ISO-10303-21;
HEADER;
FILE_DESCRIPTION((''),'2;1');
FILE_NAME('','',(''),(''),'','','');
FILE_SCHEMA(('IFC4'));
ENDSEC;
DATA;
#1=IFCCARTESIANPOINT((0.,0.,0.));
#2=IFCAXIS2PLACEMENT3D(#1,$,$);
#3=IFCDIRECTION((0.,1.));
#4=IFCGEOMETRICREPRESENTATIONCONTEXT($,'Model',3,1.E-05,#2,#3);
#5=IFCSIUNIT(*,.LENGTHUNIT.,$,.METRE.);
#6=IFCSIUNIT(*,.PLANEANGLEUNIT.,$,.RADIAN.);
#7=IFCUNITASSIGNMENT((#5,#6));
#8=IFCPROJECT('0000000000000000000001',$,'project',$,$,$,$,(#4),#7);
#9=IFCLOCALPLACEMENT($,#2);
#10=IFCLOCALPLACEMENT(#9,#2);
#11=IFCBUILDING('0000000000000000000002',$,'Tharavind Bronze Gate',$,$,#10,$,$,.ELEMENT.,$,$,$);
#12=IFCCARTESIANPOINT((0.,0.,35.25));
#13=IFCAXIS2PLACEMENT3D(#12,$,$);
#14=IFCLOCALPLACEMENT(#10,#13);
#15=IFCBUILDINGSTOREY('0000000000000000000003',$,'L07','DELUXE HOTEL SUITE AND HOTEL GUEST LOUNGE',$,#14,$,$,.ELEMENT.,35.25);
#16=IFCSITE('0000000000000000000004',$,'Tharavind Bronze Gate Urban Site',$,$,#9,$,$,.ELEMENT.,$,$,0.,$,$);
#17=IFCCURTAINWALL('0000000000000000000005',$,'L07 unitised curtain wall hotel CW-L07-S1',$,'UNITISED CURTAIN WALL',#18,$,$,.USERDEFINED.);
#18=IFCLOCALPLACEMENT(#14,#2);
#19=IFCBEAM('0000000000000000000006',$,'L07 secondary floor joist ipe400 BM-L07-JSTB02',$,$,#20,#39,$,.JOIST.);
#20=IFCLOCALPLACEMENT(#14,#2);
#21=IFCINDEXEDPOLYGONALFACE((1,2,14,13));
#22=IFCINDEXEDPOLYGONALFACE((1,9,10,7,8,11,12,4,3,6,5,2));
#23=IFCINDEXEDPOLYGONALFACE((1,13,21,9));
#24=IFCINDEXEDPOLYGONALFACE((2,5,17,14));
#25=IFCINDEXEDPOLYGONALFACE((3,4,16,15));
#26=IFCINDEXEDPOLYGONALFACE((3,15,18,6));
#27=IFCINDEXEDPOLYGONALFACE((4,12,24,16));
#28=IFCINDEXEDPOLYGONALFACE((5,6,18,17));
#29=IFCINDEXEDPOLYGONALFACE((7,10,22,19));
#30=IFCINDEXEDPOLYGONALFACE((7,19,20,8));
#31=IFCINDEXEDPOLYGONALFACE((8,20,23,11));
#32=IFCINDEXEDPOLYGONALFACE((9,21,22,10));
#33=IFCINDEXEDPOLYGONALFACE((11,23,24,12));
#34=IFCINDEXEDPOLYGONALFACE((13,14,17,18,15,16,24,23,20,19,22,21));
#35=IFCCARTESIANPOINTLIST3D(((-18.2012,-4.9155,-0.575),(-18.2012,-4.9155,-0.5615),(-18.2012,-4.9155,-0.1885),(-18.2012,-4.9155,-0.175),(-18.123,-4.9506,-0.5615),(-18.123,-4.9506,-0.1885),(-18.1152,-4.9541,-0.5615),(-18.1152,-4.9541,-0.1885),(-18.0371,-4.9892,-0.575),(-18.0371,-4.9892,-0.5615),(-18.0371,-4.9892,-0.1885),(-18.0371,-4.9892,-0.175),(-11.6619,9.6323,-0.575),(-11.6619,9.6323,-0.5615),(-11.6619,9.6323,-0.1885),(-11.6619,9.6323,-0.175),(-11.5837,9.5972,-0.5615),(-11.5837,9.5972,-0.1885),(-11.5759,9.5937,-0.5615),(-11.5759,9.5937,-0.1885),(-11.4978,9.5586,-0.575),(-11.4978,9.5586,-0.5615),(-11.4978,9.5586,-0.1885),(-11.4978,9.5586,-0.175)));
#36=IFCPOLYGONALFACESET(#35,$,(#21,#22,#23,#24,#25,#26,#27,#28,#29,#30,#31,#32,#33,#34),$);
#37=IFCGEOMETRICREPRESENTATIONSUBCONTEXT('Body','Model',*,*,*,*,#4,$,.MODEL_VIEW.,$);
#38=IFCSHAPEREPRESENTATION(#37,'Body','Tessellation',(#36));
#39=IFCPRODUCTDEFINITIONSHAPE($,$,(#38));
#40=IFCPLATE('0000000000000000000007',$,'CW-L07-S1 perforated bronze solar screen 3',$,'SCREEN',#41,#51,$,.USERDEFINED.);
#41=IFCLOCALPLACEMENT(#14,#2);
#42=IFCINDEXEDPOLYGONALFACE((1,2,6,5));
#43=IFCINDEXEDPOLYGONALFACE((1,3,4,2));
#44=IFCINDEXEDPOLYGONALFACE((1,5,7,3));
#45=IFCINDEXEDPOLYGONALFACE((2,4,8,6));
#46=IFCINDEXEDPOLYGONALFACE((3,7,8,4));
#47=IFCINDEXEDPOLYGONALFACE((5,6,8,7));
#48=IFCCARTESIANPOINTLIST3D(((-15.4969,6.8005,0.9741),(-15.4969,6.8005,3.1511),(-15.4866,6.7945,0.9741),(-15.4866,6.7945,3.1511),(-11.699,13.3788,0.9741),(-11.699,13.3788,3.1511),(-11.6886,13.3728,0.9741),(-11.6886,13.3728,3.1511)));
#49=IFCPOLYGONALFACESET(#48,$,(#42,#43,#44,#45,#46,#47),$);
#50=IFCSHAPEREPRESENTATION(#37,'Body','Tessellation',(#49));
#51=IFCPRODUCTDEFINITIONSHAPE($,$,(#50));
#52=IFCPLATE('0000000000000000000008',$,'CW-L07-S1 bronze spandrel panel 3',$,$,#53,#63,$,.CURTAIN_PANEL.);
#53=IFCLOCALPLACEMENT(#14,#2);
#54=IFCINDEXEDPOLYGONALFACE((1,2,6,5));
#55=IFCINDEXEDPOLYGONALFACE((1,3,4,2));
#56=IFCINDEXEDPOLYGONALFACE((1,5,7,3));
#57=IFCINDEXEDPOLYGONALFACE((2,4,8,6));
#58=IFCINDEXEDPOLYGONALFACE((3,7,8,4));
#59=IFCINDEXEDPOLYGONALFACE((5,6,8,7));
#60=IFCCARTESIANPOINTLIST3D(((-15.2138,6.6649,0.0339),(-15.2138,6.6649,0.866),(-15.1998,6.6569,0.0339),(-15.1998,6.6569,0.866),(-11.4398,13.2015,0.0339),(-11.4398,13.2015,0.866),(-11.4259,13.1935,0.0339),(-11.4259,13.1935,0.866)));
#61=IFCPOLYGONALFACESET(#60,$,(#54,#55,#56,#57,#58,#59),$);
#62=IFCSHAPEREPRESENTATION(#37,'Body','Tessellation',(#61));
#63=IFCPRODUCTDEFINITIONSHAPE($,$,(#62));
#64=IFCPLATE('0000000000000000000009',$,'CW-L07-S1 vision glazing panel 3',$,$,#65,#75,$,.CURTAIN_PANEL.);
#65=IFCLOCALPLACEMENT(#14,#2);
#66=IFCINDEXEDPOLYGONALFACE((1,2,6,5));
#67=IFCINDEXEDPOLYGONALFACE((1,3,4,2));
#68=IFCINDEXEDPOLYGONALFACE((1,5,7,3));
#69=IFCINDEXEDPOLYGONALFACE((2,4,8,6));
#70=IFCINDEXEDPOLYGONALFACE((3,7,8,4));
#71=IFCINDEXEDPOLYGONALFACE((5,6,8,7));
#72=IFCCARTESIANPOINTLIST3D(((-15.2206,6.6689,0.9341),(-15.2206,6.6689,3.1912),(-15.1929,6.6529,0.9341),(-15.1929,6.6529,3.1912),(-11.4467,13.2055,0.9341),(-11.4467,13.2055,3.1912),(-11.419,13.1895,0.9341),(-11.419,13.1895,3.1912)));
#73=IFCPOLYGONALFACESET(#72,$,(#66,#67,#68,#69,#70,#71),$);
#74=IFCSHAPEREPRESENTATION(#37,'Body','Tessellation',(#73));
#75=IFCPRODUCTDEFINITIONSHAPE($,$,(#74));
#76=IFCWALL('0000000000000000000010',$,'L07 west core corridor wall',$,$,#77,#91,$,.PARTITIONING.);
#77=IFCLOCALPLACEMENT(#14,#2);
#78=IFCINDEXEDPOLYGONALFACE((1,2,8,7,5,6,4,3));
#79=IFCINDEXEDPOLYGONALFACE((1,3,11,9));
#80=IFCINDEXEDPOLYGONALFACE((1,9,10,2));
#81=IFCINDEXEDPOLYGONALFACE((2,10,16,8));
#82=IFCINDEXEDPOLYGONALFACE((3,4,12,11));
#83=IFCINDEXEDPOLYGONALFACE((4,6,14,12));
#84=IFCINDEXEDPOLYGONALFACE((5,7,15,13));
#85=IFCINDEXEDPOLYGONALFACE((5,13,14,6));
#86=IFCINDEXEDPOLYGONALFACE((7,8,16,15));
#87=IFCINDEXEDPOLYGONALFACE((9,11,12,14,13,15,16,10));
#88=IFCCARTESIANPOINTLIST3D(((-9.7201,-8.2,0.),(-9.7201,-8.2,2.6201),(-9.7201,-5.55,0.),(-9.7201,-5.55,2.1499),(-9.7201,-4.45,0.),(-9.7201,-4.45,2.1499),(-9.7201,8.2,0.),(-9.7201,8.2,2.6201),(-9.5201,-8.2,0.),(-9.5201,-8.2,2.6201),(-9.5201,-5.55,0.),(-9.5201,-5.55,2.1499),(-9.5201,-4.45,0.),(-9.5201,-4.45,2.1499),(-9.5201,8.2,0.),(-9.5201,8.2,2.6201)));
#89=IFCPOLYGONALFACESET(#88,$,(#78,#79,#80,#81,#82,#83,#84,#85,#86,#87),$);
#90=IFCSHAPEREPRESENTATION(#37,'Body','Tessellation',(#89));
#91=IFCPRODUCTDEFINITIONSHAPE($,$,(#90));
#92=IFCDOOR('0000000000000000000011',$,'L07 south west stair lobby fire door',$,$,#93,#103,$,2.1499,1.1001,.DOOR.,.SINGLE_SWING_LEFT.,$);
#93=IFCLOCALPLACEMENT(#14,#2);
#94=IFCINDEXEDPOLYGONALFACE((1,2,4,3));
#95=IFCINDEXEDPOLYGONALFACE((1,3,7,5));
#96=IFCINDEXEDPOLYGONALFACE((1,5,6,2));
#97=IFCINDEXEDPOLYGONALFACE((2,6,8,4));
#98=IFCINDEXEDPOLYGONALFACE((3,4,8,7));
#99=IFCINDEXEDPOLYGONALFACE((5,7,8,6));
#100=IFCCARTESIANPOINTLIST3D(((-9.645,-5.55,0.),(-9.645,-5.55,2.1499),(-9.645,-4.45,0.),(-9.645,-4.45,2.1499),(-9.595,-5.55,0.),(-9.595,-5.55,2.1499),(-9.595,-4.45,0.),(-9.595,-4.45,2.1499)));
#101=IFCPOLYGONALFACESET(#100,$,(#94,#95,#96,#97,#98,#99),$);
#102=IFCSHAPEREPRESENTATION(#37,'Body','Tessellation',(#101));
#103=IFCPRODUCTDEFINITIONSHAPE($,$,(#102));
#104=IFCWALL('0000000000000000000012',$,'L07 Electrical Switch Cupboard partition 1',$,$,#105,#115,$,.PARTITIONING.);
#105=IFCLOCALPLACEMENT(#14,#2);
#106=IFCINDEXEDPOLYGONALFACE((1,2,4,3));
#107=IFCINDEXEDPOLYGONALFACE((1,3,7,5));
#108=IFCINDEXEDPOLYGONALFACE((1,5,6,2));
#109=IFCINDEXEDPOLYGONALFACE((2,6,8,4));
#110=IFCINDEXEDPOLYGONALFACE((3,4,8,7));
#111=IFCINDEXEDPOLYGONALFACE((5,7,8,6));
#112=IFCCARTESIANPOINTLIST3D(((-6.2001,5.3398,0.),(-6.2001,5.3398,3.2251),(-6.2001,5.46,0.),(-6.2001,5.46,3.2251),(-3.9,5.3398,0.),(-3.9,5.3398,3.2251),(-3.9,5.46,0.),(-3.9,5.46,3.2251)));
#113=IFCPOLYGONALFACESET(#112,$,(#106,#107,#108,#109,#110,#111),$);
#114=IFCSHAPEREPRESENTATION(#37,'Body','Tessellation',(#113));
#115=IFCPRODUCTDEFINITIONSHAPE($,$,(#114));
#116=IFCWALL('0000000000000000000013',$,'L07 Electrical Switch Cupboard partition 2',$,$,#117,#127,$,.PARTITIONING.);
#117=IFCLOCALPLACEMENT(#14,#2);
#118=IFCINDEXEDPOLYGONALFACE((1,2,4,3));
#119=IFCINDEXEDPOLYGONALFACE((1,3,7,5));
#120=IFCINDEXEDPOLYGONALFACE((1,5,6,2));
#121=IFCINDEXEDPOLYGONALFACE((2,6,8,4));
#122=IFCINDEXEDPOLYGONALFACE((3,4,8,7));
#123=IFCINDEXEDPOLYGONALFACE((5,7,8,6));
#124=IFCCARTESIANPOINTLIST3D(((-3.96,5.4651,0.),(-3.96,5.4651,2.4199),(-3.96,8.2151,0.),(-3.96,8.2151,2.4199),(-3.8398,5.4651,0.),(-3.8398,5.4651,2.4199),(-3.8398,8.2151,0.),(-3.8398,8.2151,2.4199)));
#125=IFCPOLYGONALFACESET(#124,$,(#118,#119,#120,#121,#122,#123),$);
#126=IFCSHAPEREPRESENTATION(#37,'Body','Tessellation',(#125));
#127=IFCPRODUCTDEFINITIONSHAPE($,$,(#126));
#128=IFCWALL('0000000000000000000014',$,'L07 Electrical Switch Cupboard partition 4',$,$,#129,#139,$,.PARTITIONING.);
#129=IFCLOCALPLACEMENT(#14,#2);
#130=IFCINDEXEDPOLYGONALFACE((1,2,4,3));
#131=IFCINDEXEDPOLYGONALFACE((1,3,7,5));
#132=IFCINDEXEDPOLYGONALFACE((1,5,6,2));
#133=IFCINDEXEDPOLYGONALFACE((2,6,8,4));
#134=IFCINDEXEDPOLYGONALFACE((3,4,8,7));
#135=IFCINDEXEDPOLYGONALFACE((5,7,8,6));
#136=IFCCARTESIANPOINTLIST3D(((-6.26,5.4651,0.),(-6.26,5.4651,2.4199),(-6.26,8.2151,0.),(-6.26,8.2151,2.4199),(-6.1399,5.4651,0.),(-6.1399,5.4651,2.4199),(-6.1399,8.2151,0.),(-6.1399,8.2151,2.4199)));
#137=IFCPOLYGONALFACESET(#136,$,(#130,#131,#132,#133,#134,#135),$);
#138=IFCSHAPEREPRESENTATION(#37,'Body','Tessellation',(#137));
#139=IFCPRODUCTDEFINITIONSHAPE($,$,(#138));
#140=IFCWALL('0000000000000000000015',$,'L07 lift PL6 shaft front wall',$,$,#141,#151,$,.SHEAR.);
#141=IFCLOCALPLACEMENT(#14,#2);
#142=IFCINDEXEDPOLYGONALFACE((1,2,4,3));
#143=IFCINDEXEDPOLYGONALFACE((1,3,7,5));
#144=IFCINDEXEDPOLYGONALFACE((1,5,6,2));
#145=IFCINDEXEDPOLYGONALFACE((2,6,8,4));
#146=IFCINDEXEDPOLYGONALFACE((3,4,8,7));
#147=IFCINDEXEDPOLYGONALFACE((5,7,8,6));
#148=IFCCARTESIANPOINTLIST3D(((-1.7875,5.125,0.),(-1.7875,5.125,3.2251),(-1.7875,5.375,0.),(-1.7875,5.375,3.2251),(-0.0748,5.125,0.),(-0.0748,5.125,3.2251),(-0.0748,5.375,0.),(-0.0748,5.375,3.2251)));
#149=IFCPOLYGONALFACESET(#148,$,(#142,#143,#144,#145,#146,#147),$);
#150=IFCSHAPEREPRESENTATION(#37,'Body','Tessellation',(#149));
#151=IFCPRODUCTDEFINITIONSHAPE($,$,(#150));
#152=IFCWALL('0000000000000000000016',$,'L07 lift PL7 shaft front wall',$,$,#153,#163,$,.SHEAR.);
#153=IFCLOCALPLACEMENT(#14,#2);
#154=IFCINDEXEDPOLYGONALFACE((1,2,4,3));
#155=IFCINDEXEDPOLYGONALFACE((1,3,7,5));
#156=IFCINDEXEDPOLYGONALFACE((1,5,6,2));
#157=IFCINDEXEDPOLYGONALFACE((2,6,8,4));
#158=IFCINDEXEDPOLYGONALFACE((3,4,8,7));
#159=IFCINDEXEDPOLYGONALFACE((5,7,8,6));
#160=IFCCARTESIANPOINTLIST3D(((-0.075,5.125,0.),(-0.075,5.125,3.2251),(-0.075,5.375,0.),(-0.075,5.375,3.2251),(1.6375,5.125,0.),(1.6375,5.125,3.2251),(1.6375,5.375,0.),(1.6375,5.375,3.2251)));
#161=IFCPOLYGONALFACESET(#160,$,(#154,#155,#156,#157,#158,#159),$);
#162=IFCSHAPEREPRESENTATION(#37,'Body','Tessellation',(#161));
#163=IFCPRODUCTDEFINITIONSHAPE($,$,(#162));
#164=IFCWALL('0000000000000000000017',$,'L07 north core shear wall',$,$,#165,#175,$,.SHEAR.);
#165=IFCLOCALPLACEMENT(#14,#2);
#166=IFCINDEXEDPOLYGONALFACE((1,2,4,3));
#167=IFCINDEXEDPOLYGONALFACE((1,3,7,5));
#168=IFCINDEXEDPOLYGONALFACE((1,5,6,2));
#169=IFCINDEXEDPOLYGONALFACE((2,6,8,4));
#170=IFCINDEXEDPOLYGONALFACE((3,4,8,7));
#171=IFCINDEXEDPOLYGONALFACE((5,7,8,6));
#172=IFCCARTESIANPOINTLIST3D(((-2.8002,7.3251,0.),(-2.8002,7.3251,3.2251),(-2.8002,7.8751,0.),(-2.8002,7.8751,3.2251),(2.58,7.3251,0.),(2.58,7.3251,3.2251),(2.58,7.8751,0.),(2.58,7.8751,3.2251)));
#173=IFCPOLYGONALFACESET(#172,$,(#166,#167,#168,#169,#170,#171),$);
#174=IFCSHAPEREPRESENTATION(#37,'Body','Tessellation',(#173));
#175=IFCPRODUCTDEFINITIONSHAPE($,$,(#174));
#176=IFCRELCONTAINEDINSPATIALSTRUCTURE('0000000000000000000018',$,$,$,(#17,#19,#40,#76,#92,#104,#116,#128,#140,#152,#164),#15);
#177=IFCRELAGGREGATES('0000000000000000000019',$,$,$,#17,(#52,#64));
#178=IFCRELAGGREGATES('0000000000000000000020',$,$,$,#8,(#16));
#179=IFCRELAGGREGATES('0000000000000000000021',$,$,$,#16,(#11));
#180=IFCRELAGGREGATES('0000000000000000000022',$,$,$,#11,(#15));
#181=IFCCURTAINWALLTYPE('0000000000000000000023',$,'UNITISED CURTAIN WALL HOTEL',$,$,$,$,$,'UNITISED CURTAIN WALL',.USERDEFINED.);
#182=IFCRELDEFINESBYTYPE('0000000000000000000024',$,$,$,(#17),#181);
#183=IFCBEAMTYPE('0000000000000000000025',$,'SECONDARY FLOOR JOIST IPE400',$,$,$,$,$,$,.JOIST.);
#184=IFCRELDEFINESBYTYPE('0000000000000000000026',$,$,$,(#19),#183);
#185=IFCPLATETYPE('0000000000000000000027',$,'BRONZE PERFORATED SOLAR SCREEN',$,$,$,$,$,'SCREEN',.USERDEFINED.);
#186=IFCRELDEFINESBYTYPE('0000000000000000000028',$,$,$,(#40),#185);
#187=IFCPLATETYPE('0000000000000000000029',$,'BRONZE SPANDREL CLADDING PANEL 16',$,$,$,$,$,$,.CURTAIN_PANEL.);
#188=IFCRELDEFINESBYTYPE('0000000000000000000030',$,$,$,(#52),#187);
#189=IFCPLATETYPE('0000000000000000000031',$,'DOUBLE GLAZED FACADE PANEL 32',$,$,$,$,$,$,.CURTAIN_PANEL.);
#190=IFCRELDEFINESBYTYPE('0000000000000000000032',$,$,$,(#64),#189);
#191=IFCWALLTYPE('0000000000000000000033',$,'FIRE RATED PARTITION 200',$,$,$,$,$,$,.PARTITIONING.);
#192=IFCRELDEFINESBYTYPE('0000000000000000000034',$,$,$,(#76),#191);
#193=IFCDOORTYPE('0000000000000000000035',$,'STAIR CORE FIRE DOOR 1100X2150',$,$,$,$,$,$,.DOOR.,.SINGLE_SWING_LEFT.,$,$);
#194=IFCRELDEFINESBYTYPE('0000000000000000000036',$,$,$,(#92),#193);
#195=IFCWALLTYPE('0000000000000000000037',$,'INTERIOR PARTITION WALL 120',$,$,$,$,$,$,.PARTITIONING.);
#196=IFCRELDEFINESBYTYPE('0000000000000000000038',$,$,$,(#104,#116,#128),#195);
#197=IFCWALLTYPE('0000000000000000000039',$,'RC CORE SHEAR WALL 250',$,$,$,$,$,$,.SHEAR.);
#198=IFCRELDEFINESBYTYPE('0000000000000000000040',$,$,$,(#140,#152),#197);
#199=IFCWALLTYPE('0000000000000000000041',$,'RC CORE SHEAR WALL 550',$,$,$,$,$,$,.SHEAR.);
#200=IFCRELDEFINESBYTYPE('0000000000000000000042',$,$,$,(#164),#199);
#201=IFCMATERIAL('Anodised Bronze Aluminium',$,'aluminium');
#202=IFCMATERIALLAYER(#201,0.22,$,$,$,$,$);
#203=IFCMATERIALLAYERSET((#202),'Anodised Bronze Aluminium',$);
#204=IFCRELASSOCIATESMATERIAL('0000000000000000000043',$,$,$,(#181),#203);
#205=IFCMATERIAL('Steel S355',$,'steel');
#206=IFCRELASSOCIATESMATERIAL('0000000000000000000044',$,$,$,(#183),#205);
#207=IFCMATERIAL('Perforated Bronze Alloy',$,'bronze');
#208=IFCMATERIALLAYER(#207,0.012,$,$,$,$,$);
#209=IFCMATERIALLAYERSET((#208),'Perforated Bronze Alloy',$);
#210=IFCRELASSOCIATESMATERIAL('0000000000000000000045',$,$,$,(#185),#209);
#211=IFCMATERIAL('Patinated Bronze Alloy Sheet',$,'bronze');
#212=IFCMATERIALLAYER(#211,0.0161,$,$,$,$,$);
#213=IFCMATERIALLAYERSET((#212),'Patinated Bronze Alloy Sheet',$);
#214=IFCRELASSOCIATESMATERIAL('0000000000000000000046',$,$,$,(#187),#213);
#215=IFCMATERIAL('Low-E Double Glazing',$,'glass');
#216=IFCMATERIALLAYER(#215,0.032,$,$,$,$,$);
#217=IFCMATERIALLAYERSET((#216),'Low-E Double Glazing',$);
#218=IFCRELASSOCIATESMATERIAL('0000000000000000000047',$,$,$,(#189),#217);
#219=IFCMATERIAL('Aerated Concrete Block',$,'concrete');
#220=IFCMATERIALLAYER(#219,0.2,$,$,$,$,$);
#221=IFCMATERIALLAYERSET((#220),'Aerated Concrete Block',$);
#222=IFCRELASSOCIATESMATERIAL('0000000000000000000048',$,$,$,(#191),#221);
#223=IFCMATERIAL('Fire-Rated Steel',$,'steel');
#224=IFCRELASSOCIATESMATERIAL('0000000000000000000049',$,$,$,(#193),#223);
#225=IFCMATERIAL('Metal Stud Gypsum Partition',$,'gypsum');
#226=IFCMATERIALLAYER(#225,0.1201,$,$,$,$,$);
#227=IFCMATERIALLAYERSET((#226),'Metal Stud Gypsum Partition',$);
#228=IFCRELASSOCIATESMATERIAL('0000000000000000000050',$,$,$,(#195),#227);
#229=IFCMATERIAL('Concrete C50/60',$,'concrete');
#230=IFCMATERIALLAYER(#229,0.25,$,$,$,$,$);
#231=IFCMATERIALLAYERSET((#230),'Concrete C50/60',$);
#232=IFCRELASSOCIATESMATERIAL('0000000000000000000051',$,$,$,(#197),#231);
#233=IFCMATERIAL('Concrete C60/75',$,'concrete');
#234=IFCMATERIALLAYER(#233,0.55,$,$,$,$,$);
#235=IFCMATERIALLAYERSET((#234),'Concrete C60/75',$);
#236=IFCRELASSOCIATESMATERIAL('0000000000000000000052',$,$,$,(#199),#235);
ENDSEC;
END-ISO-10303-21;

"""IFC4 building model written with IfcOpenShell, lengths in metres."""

from ifc_helpers import new_model, si_unit, direction, frame, frame_2d, origin, origin_2d, place, context, subcontext, project, spatial, rectangle, i_section, extrude, material, layer, layer_set, material_profile, profile_set, type_object, element, fill, aggregate, save


model = new_model("IFC4")

# Units and contexts
model_context = context("Model", 3, precision=1e-05, world=origin(), true_north=direction((0.0, 1.0)))
body_context = subcontext(model_context, "Body", "Model", "MODEL_VIEW")
ifc_project = project(units=[si_unit("LENGTHUNIT", "METRE"), si_unit("PLANEANGLEUNIT", "RADIAN")], contexts=[model_context])

# Site, building, storey
site_placement = place(None, origin())
site = spatial("IfcSite", under=ifc_project, at=site_placement, Name="Tharavind Bronze Gate Urban Site", CompositionType="ELEMENT", RefElevation=0.0)
building_placement = place(site_placement, origin())
building = spatial("IfcBuilding", under=site, at=building_placement, Name="Tharavind Bronze Gate", CompositionType="ELEMENT")
storey_placement = place(building_placement, frame((0.0, 0.0, 35.25)))
storey = spatial("IfcBuildingStorey", under=building, at=storey_placement, Name="L07", Description="DELUXE HOTEL SUITE AND HOTEL GUEST LOUNGE", CompositionType="ELEMENT", Elevation=35.25)

# Curtain wall
ifc_material_1 = material(Name="Anodised Bronze Aluminium", Category="aluminium")
ifc_layer_1 = layer(ifc_material_1, 0.22)
ifc_layer_set_1 = layer_set([ifc_layer_1], Name="Anodised Bronze Aluminium")
curtain_wall_type = type_object("IfcCurtainWallType", Name="UNITISED CURTAIN WALL HOTEL", ElementType="UNITISED CURTAIN WALL", PredefinedType="USERDEFINED", material=ifc_layer_set_1)
curtain_wall_placement = place(storey_placement, origin())
curtain_wall = element("IfcCurtainWall", 1, at=curtain_wall_placement, inside=storey, type_object=curtain_wall_type, Name="L07 unitised curtain wall hotel CW-L07-S1", ObjectType="UNITISED CURTAIN WALL", PredefinedType="USERDEFINED")

# Beam
ifc_material_2 = material(Name="Steel S355", Category="steel")
ifc_material_profile_1 = material_profile(ifc_material_2, i_section(OverallWidth=0.1799, OverallDepth=0.3999, WebThickness=0.0085, FlangeThickness=0.0134, at=origin_2d()), Name="IPE400")
ifc_profile_set_1 = profile_set([ifc_material_profile_1], Name="Steel S355")
beam_type_1 = type_object("IfcBeamType", Name="SECONDARY FLOOR JOIST IPE400", PredefinedType="JOIST", material=ifc_profile_set_1)
beam_1_placement = place(storey_placement, frame((-11.5798, 9.5955, -0.375), z_axis=(-0.409988, -0.912091, 0.0), x_axis=(0.912091, -0.409988, 0.0)))
element("IfcBeam", 2, at=beam_1_placement, inside=storey, type_object=beam_type_1, Name="L07 secondary floor joist ipe400 BM-L07-JSTB02", PredefinedType="JOIST", context=body_context, shape_type="SweptSolid", body=[
    extrude(i_section(OverallWidth=0.1799, OverallDepth=0.3999, WebThickness=0.0085, FlangeThickness=0.0134, at=origin_2d()), origin(), (0.0, 0.0, 1.0), 15.95),
])

# Plates
ifc_material_3 = material(Name="Perforated Bronze Alloy", Category="bronze")
ifc_layer_2 = layer(ifc_material_3, 0.012)
ifc_layer_set_2 = layer_set([ifc_layer_2], Name="Perforated Bronze Alloy")
plate_type_1 = type_object("IfcPlateType", Name="BRONZE PERFORATED SOLAR SCREEN", ElementType="SCREEN", PredefinedType="USERDEFINED", material=ifc_layer_set_2)
plate_1_placement = place(storey_placement, frame((-13.5928, 10.0867, 0.9741), z_axis=(0.0, 0.0, 1.0), x_axis=(-0.500002, -0.866025, 0.0)))
element("IfcPlate", 3, at=plate_1_placement, inside=storey, type_object=plate_type_1, Name="CW-L07-S1 perforated bronze solar screen 3", ObjectType="SCREEN", PredefinedType="USERDEFINED", context=body_context, shape_type="SweptSolid", body=[
    extrude(rectangle(XDim=7.5959, YDim=0.012, at=origin_2d()), origin(), (0.0, 0.0, 1.0), 2.177),
])
ifc_material_4 = material(Name="Patinated Bronze Alloy Sheet", Category="bronze")
ifc_layer_3 = layer(ifc_material_4, 0.0161)
ifc_layer_set_3 = layer_set([ifc_layer_3], Name="Patinated Bronze Alloy Sheet")
plate_type_2 = type_object("IfcPlateType", Name="BRONZE SPANDREL CLADDING PANEL 16", PredefinedType="CURTAIN_PANEL", material=ifc_layer_set_3)
plate_2_placement = place(storey_placement, frame((-13.3198, 9.9292, 0.0339), z_axis=(0.0, 0.0, 1.0), x_axis=(-0.500002, -0.866025, 0.0)))
plate_2 = element("IfcPlate", 4, at=plate_2_placement, type_object=plate_type_2, Name="CW-L07-S1 bronze spandrel panel 3", PredefinedType="CURTAIN_PANEL", context=body_context, shape_type="SweptSolid", body=[
    extrude(rectangle(XDim=7.5479, YDim=0.0161, at=origin_2d()), origin(), (0.0, 0.0, 1.0), 0.832),
])
ifc_material_5 = material(Name="Low-E Double Glazing", Category="glass")
ifc_layer_4 = layer(ifc_material_5, 0.032)
ifc_layer_set_4 = layer_set([ifc_layer_4], Name="Low-E Double Glazing")
plate_type_3 = type_object("IfcPlateType", Name="DOUBLE GLAZED FACADE PANEL 32", PredefinedType="CURTAIN_PANEL", material=ifc_layer_set_4)
plate_3_placement = place(storey_placement, frame((-13.3198, 9.9292, 0.9341), z_axis=(0.0, 0.0, 1.0), x_axis=(-0.500002, -0.866025, 0.0)))
plate_3 = element("IfcPlate", 5, at=plate_3_placement, type_object=plate_type_3, Name="CW-L07-S1 vision glazing panel 3", PredefinedType="CURTAIN_PANEL", context=body_context, shape_type="SweptSolid", body=[
    extrude(rectangle(XDim=7.5479, YDim=0.032, at=origin_2d()), origin(), (0.0, 0.0, 1.0), 2.2571),
])
aggregate(curtain_wall, [plate_2, plate_3])

# Wall, opening, door
ifc_material_6 = material(Name="Aerated Concrete Block", Category="concrete")
ifc_layer_5 = layer(ifc_material_6, 0.2)
ifc_layer_set_5 = layer_set([ifc_layer_5], Name="Aerated Concrete Block")
wall_type_1 = type_object("IfcWallType", Name="FIRE RATED PARTITION 200", PredefinedType="PARTITIONING", material=ifc_layer_set_5)
wall_1_placement = place(storey_placement, frame((-9.6201, 8.2, 0.0), z_axis=(0.0, 0.0, 1.0), x_axis=(0.0, -1.0, 0.0)))
wall_1 = element("IfcWall", 6, at=wall_1_placement, inside=storey, type_object=wall_type_1, Name="L07 west core corridor wall", PredefinedType="PARTITIONING", context=body_context, shape_type="SweptSolid", body=[
    extrude(rectangle(XDim=16.3999, YDim=0.2, at=frame_2d((8.2, 0.0))), origin(), (0.0, 0.0, 1.0), 2.6201),
])
opening_placement = place(wall_1_placement, frame((12.6499, 0.0, 0.0)))
opening = element("IfcOpeningElement", 7, at=opening_placement, cuts=wall_1, PredefinedType="OPENING", context=body_context, shape_type="SweptSolid", body=[
    extrude(rectangle(XDim=1.1001, YDim=2.1499, at=frame_2d((0.55, 1.075))), frame((0.0, 0.1101, 0.0), z_axis=(0.0, -1.0, 0.0), x_axis=(1.0, 0.0, 0.0)), (0.0, 0.0, 1.0), 0.22),
])
ifc_material_7 = material(Name="Fire-Rated Steel", Category="steel")
door_type = type_object("IfcDoorType", Name="STAIR CORE FIRE DOOR 1100X2150", OperationType="SINGLE_SWING_LEFT", PredefinedType="DOOR", material=ifc_material_7)
door_placement = place(opening_placement, frame((1.1001, 0.0, 0.0), z_axis=(0.0, 0.0, 1.0), x_axis=(-1.0, 0.0, 0.0)))
door = element("IfcDoor", 8, at=door_placement, inside=storey, type_object=door_type, Name="L07 south west stair lobby fire door", OperationType="SINGLE_SWING_LEFT", OverallHeight=2.1499, OverallWidth=1.1001, PredefinedType="DOOR", context=body_context, shape_type="SweptSolid", body=[
    extrude(rectangle(XDim=1.1001, YDim=2.1499, at=frame_2d((0.55, 1.075))), frame((0.0, 0.0249, 0.0), z_axis=(0.0, -1.0, 0.0), x_axis=(1.0, 0.0, 0.0)), (0.0, 0.0, 1.0), 0.05),
])
fill(opening, door)

# Walls
ifc_material_8 = material(Name="Metal Stud Gypsum Partition", Category="gypsum")
ifc_layer_6 = layer(ifc_material_8, 0.1201)
ifc_layer_set_6 = layer_set([ifc_layer_6], Name="Metal Stud Gypsum Partition")
wall_type_2 = type_object("IfcWallType", Name="INTERIOR PARTITION WALL 120", PredefinedType="PARTITIONING", material=ifc_layer_set_6)
wall_2_placement = place(storey_placement, frame((-6.2, 5.3999, 0.0), z_axis=(0.0, 0.0, 1.0), x_axis=(1.0, 0.0, 0.0)))
element("IfcWall", 9, at=wall_2_placement, inside=storey, type_object=wall_type_2, Name="L07 Electrical Switch Cupboard partition 1", PredefinedType="PARTITIONING", context=body_context, shape_type="SweptSolid", body=[
    extrude(rectangle(XDim=2.3, YDim=0.1201, at=frame_2d((1.1499, 0.0))), origin(), (0.0, 0.0, 1.0), 3.2251),
])
for number, where, z_axis, x_axis, name in (
    (10, (-3.8999, 5.4651, 0.0), (0.0, 0.0, 1.0), (0.0, 1.0, 0.0), "L07 Electrical Switch Cupboard partition 2"),
    (11, (-6.2, 8.2151, 0.0), (0.0, 0.0, 1.0), (0.0, -1.0, 0.0), "L07 Electrical Switch Cupboard partition 4"),
):
    element("IfcWall", number, at=place(storey_placement, frame(where, z_axis=z_axis, x_axis=x_axis)), inside=storey, type_object=wall_type_2, Name=name, PredefinedType="PARTITIONING", context=body_context, shape_type="SweptSolid", body=[
        extrude(rectangle(XDim=2.75, YDim=0.1201, at=frame_2d((1.375, 0.0))), origin(), (0.0, 0.0, 1.0), 2.4199),
    ])
ifc_material_9 = material(Name="Concrete C50/60", Category="concrete")
ifc_layer_7 = layer(ifc_material_9, 0.25)
ifc_layer_set_7 = layer_set([ifc_layer_7], Name="Concrete C50/60")
wall_type_3 = type_object("IfcWallType", Name="RC CORE SHEAR WALL 250", PredefinedType="SHEAR", material=ifc_layer_set_7)
wall_3_placement = place(storey_placement, frame((-1.7876, 5.25, 0.0), z_axis=(0.0, 0.0, 1.0), x_axis=(1.0, 0.0, 0.0)))
element("IfcWall", 12, at=wall_3_placement, inside=storey, type_object=wall_type_3, Name="L07 lift PL6 shaft front wall", PredefinedType="SHEAR", context=body_context, shape_type="SweptSolid", body=[
    extrude(rectangle(XDim=1.7126, YDim=0.25, at=frame_2d((0.8564, 0.0))), origin(), (0.0, 0.0, 1.0), 3.2251),
])
wall_4_placement = place(storey_placement, frame((-0.075, 5.25, 0.0), z_axis=(0.0, 0.0, 1.0), x_axis=(1.0, 0.0, 0.0)))
element("IfcWall", 13, at=wall_4_placement, inside=storey, type_object=wall_type_3, Name="L07 lift PL7 shaft front wall", PredefinedType="SHEAR", context=body_context, shape_type="SweptSolid", body=[
    extrude(rectangle(XDim=1.7124, YDim=0.25, at=frame_2d((0.8562, 0.0))), origin(), (0.0, 0.0, 1.0), 3.2251),
])
ifc_material_10 = material(Name="Concrete C60/75", Category="concrete")
ifc_layer_8 = layer(ifc_material_10, 0.55)
ifc_layer_set_8 = layer_set([ifc_layer_8], Name="Concrete C60/75")
wall_type_4 = type_object("IfcWallType", Name="RC CORE SHEAR WALL 550", PredefinedType="SHEAR", material=ifc_layer_set_8)
wall_5_placement = place(storey_placement, frame((-2.8, 7.6001, 0.0), z_axis=(0.0, 0.0, 1.0), x_axis=(1.0, 0.0, 0.0)))
element("IfcWall", 14, at=wall_5_placement, inside=storey, type_object=wall_type_4, Name="L07 north core shear wall", PredefinedType="SHEAR", context=body_context, shape_type="SweptSolid", body=[
    extrude(rectangle(XDim=5.3801, YDim=0.55, at=frame_2d((2.6899, 0.0))), origin(), (0.0, 0.0, 1.0), 3.2251),
])

save(model, "model.ifc")
